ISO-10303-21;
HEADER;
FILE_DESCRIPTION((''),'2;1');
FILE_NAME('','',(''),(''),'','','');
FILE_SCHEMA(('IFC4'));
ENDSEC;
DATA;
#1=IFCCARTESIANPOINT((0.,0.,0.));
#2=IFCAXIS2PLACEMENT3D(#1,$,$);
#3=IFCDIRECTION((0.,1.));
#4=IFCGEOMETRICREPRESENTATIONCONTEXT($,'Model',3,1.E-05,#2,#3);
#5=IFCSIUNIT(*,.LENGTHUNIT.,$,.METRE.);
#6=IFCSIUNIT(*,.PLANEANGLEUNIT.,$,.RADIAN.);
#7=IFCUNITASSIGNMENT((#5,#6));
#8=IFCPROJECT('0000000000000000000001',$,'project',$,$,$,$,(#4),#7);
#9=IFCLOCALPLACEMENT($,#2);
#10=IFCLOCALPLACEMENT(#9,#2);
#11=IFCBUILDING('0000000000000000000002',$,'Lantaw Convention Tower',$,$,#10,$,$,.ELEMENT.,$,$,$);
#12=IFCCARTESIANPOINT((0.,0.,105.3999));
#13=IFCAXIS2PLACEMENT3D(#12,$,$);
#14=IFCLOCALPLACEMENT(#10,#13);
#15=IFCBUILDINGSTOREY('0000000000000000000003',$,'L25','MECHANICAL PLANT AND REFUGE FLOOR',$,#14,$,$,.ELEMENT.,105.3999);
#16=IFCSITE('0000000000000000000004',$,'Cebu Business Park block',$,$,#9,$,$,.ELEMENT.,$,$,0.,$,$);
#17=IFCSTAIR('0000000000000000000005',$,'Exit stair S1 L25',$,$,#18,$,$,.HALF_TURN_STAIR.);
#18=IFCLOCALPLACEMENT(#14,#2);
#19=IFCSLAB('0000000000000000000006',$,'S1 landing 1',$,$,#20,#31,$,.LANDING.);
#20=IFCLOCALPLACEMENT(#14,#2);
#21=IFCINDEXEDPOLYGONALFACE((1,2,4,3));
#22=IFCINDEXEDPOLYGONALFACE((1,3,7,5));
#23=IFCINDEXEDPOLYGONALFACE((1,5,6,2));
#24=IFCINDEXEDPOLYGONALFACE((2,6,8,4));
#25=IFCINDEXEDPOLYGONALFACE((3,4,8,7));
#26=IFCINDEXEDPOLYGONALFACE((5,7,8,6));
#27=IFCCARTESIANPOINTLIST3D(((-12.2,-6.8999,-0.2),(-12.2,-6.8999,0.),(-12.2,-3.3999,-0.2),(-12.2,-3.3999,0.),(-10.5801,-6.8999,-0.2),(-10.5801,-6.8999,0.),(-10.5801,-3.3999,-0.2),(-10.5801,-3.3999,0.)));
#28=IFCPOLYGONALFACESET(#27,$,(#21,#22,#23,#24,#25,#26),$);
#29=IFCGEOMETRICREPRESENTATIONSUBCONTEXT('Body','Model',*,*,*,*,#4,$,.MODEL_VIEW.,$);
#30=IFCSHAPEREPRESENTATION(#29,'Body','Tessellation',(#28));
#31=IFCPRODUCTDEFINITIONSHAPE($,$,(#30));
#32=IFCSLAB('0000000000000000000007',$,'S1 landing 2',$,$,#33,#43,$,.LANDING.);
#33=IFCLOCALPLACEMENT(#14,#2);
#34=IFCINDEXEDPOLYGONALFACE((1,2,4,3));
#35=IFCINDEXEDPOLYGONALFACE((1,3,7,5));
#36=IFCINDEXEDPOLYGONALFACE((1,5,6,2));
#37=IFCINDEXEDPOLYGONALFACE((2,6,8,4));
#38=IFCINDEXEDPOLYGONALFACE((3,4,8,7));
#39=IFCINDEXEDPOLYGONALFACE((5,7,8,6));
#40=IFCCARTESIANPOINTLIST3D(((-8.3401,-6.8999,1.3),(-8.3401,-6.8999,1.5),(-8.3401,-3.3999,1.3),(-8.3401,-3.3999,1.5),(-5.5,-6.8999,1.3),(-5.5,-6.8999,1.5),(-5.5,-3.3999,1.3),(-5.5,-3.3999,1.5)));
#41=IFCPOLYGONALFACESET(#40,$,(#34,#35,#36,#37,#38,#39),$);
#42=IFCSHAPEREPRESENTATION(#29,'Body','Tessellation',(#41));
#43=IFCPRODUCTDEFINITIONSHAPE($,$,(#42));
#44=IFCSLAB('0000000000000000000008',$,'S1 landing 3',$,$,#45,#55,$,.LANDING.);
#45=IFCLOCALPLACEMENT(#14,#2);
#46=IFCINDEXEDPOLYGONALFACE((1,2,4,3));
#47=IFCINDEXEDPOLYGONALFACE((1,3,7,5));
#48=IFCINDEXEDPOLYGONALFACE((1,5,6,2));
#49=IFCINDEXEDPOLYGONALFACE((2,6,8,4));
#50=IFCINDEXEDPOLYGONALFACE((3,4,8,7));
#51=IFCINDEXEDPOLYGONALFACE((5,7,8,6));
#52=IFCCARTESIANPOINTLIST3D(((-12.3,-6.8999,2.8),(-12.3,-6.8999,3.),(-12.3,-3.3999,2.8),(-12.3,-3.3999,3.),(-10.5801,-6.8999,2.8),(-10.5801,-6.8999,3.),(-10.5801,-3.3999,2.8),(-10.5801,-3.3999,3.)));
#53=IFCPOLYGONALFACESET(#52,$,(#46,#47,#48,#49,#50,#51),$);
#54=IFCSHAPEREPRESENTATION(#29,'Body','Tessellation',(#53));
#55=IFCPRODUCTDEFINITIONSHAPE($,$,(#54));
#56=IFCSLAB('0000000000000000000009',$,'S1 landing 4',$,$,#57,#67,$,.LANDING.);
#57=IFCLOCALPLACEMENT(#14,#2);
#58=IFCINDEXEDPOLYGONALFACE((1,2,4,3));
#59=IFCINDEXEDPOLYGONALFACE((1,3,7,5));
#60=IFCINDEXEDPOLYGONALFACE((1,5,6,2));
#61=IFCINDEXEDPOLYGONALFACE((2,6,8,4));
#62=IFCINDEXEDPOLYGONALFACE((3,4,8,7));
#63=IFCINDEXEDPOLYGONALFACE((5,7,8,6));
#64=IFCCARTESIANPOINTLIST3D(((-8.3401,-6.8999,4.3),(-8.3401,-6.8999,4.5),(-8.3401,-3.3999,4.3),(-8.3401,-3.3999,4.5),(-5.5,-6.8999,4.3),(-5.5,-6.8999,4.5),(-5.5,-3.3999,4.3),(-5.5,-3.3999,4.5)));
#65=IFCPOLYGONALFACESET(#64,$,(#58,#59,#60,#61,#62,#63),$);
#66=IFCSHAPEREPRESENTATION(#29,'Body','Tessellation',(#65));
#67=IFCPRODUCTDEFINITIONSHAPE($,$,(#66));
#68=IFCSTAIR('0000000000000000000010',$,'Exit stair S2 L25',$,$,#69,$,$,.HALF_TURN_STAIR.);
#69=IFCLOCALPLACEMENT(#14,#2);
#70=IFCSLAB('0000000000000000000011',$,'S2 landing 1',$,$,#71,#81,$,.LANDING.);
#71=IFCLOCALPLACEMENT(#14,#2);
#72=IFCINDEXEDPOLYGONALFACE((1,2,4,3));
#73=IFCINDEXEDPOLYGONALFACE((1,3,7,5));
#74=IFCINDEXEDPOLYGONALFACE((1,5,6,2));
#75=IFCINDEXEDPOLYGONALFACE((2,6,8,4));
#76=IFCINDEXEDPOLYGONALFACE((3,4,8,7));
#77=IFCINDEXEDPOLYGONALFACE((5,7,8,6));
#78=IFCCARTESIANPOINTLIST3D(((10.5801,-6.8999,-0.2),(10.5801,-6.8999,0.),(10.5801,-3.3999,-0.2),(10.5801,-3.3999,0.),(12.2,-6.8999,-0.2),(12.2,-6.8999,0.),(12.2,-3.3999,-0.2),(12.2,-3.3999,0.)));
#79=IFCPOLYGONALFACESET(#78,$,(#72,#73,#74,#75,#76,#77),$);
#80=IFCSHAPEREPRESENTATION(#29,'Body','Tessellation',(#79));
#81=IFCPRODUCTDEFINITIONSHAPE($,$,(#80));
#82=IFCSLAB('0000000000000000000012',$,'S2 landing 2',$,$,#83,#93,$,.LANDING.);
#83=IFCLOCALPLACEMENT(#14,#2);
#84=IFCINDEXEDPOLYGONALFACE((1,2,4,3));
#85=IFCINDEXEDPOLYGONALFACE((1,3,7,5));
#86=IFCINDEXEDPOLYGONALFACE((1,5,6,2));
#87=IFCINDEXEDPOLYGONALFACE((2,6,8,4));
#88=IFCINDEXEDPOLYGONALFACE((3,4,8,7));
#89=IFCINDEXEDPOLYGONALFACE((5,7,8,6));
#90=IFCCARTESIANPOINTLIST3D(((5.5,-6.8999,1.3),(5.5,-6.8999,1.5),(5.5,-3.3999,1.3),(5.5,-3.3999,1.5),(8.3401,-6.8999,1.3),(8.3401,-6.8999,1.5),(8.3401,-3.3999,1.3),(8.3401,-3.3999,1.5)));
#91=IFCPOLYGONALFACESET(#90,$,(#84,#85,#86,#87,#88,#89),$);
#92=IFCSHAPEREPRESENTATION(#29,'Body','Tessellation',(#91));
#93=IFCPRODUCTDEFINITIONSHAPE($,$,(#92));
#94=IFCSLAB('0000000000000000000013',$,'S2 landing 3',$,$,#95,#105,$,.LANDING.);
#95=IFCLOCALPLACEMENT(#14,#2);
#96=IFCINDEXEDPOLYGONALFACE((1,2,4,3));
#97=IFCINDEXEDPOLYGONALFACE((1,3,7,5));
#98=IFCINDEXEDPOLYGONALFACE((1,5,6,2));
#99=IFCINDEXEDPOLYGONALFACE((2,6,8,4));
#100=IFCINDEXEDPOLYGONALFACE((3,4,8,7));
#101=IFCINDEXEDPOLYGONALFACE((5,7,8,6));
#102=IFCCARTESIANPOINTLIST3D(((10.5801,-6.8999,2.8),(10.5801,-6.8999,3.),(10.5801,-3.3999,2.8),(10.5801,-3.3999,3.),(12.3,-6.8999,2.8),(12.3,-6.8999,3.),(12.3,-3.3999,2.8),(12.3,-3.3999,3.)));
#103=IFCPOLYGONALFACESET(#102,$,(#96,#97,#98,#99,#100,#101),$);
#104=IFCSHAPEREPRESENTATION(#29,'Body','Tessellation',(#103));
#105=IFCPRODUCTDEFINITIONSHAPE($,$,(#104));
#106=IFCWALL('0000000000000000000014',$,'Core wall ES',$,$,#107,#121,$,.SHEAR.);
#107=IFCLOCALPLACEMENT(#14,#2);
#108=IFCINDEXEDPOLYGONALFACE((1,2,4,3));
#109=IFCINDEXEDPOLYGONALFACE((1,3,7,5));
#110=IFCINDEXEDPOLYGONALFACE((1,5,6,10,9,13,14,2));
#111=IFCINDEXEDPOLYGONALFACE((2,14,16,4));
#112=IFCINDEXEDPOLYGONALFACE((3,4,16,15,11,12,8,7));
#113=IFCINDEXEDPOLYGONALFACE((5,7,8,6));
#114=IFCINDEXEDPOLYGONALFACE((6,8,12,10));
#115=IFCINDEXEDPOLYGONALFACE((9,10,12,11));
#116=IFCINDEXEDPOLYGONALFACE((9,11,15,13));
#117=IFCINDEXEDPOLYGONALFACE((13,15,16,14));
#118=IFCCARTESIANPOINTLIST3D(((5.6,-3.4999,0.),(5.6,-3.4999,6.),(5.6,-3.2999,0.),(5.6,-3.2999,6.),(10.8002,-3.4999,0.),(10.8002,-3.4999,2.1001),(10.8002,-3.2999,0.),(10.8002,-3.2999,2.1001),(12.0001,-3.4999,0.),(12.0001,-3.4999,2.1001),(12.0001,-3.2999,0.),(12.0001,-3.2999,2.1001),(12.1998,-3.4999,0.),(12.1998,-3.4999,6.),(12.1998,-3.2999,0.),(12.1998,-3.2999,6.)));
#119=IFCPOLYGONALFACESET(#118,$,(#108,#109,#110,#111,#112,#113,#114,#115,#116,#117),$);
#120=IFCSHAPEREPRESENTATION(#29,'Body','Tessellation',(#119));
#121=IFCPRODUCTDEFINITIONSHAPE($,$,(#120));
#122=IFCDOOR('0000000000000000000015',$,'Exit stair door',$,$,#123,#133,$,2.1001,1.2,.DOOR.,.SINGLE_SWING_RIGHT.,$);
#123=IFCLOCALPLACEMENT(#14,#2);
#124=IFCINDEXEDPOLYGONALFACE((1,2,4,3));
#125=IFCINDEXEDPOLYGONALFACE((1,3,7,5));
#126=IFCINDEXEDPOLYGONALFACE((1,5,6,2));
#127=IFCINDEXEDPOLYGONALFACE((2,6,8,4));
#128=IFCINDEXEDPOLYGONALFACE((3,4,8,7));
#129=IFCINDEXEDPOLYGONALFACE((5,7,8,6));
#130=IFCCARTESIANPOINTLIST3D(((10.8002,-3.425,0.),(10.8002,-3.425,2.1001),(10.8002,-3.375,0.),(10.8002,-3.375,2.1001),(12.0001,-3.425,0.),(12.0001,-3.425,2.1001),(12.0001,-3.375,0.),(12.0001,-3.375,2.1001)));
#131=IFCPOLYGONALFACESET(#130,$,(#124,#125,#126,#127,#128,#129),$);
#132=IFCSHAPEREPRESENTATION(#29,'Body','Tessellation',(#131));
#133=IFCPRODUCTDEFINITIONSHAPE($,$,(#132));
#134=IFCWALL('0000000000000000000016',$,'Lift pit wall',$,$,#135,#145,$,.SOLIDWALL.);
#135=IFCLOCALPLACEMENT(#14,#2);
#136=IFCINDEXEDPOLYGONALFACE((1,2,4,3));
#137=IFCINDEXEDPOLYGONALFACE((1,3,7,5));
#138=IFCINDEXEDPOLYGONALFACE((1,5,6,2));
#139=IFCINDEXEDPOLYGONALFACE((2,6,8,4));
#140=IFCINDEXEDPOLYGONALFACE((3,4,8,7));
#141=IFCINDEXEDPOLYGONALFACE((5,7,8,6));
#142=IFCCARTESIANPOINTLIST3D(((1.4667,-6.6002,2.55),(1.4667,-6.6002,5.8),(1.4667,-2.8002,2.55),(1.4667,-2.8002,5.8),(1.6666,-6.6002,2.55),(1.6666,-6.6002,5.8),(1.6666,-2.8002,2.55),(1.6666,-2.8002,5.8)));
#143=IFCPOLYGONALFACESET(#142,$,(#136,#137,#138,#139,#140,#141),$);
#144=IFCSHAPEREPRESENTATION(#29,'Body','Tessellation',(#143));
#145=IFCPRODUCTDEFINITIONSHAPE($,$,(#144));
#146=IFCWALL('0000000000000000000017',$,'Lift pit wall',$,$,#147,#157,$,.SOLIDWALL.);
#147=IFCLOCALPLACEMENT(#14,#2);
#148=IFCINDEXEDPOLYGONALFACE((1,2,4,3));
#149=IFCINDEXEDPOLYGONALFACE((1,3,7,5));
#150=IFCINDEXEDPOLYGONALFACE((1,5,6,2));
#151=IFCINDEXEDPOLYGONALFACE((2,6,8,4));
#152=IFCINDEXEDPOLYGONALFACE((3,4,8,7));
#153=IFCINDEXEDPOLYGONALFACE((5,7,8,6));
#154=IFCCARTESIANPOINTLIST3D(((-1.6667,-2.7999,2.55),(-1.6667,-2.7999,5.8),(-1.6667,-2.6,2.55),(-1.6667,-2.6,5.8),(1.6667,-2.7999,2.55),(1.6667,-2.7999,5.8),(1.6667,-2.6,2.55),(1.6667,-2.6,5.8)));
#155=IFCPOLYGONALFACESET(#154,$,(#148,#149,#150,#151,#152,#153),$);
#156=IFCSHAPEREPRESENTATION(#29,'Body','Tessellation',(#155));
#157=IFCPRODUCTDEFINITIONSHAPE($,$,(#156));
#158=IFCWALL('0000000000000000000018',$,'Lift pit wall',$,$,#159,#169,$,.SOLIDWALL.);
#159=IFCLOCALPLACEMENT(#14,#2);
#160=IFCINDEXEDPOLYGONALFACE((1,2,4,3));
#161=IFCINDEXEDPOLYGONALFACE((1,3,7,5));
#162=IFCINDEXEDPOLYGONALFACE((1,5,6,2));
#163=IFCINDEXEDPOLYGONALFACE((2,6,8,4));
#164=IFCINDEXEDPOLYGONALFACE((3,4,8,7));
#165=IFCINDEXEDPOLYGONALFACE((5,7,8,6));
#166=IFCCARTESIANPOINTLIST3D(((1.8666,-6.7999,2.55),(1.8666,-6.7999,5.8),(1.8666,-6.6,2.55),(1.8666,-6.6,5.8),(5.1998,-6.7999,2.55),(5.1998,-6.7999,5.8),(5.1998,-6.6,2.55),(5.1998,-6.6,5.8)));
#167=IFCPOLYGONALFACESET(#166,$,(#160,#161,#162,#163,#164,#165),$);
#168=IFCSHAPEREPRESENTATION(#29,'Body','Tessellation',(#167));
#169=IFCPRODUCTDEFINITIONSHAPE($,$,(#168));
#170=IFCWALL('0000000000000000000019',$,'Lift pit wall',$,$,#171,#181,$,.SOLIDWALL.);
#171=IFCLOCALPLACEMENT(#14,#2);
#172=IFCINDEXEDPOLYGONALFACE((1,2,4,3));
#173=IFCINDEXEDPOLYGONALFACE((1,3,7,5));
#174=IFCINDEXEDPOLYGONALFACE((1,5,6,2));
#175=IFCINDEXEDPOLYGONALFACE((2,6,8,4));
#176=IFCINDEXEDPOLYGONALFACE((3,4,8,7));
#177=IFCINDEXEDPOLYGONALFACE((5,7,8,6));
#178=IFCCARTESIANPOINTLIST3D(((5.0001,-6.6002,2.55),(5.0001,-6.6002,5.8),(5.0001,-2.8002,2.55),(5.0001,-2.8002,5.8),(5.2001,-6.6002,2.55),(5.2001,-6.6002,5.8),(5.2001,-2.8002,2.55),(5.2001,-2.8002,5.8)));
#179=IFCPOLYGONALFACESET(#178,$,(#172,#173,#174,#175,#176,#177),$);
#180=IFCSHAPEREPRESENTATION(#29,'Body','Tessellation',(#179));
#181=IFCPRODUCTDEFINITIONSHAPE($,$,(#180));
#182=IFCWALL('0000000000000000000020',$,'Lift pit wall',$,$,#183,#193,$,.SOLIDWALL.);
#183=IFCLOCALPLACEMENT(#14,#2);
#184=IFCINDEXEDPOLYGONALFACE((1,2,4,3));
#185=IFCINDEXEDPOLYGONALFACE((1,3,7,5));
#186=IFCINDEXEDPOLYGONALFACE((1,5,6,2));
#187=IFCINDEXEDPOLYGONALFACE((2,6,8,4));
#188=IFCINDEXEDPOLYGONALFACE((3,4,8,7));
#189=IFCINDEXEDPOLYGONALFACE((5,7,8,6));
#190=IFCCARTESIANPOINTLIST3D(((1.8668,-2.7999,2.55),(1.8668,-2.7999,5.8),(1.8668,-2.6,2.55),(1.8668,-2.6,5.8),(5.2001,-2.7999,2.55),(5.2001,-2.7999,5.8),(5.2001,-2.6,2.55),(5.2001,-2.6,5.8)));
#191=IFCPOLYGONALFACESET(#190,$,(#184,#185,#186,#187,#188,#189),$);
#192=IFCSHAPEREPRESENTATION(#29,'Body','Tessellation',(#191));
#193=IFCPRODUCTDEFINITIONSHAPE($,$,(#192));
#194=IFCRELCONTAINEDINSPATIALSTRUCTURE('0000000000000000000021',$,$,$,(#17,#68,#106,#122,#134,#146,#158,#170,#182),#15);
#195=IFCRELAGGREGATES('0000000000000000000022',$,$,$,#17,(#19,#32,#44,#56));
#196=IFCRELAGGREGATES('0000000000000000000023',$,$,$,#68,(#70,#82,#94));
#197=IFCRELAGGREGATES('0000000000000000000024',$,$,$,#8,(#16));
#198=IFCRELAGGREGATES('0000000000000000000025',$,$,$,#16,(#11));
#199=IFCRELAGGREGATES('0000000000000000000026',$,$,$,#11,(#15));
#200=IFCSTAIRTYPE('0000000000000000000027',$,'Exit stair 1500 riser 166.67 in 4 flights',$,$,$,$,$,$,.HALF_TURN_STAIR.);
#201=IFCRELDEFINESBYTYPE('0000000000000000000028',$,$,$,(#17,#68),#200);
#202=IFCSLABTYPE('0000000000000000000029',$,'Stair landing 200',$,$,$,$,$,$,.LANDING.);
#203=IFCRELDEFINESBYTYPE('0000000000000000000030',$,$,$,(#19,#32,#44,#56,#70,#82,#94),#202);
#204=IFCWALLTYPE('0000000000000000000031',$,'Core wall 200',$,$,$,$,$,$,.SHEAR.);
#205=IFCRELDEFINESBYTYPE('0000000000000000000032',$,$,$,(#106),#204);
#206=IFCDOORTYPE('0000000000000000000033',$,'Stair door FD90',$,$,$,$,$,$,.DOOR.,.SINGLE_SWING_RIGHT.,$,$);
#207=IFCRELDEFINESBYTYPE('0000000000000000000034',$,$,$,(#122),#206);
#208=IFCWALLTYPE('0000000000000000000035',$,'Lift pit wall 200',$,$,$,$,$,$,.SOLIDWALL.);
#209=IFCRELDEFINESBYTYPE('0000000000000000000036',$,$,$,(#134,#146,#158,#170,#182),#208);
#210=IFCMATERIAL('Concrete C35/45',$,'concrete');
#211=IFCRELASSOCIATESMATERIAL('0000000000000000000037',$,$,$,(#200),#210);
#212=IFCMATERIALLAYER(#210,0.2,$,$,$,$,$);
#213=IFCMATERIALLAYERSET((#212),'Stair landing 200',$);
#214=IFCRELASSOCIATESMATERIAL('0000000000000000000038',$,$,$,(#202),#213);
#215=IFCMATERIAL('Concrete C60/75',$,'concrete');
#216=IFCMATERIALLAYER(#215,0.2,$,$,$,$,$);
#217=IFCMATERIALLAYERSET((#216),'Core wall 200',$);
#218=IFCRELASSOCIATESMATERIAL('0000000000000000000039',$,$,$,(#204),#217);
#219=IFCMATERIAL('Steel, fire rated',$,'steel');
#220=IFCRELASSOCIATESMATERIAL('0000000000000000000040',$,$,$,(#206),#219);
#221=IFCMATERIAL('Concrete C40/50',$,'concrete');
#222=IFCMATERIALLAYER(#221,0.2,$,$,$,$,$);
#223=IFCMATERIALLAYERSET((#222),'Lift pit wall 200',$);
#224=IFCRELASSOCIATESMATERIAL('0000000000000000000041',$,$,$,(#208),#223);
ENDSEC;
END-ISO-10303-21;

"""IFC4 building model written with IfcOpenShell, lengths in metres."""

from ifc_helpers import new_model, si_unit, direction, frame, frame_2d, origin, place, context, subcontext, project, spatial, polyline, rectangle, outline, extrude, material, layer, layer_set, type_object, element, fill, aggregate, save


model = new_model("IFC4")

# Units and contexts
model_context = context("Model", 3, precision=1e-05, world=origin(), true_north=direction((0.0, 1.0)))
body_context = subcontext(model_context, "Body", "Model", "MODEL_VIEW")
ifc_project = project(units=[si_unit("LENGTHUNIT", "METRE"), si_unit("PLANEANGLEUNIT", "RADIAN")], contexts=[model_context])

# Site, building, storey
site_placement = place(None, origin())
site = spatial("IfcSite", under=ifc_project, at=site_placement, Name="Cebu Business Park block", CompositionType="ELEMENT", RefElevation=0.0)
building_placement = place(site_placement, origin())
building = spatial("IfcBuilding", under=site, at=building_placement, Name="Lantaw Convention Tower", CompositionType="ELEMENT")
storey_placement = place(building_placement, frame((0.0, 0.0, 105.3999)))
storey = spatial("IfcBuildingStorey", under=building, at=storey_placement, Name="L25", Description="MECHANICAL PLANT AND REFUGE FLOOR", CompositionType="ELEMENT", Elevation=105.3999)

# Stairs, slabs
ifc_material_1 = material(Name="Concrete C35/45", Category="concrete")
stair_type = type_object("IfcStairType", Name="Exit stair 1500 riser 166.67 in 4 flights", PredefinedType="HALF_TURN_STAIR", material=ifc_material_1)
stair_1_placement = place(storey_placement, origin())
stair_1 = element("IfcStair", 1, at=stair_1_placement, inside=storey, type_object=stair_type, Name="Exit stair S1 L25", PredefinedType="HALF_TURN_STAIR")
ifc_layer_1 = layer(ifc_material_1, 0.2)
ifc_layer_set_1 = layer_set([ifc_layer_1], Name="Stair landing 200")
slab_type = type_object("IfcSlabType", Name="Stair landing 200", PredefinedType="LANDING", material=ifc_layer_set_1)
slab_1_placement = place(storey_placement, frame((0.0, 0.0, -0.2)))
slab_1 = element("IfcSlab", 2, at=slab_1_placement, type_object=slab_type, Name="S1 landing 1", PredefinedType="LANDING", context=body_context, shape_type="SweptSolid", body=[
    extrude(outline(polyline([(-12.2, -6.8999), (-10.5801, -6.8999), (-10.5801, -3.3999), (-12.2, -3.3999), (-12.2, -6.8999)])), origin(), (0.0, 0.0, 1.0), 0.2),
])
slab_2_placement = place(storey_placement, frame((0.0, 0.0, 1.3)))
slab_2 = element("IfcSlab", 3, at=slab_2_placement, type_object=slab_type, Name="S1 landing 2", PredefinedType="LANDING", context=body_context, shape_type="SweptSolid", body=[
    extrude(outline(polyline([(-8.3401, -6.8999), (-5.5, -6.8999), (-5.5, -3.3999), (-8.3401, -3.3999), (-8.3401, -6.8999)])), origin(), (0.0, 0.0, 1.0), 0.2),
])
slab_3_placement = place(storey_placement, frame((0.0, 0.0, 2.8)))
slab_3 = element("IfcSlab", 4, at=slab_3_placement, type_object=slab_type, Name="S1 landing 3", PredefinedType="LANDING", context=body_context, shape_type="SweptSolid", body=[
    extrude(outline(polyline([(-12.3, -6.8999), (-10.5801, -6.8999), (-10.5801, -3.3999), (-12.3, -3.3999), (-12.3, -6.8999)])), origin(), (0.0, 0.0, 1.0), 0.2),
])
slab_4_placement = place(storey_placement, frame((0.0, 0.0, 4.3)))
slab_4 = element("IfcSlab", 5, at=slab_4_placement, type_object=slab_type, Name="S1 landing 4", PredefinedType="LANDING", context=body_context, shape_type="SweptSolid", body=[
    extrude(outline(polyline([(-8.3401, -6.8999), (-5.5, -6.8999), (-5.5, -3.3999), (-8.3401, -3.3999), (-8.3401, -6.8999)])), origin(), (0.0, 0.0, 1.0), 0.2),
])
aggregate(stair_1, [slab_1, slab_2, slab_3, slab_4])
stair_2_placement = place(storey_placement, origin())
stair_2 = element("IfcStair", 6, at=stair_2_placement, inside=storey, type_object=stair_type, Name="Exit stair S2 L25", PredefinedType="HALF_TURN_STAIR")
slab_5_placement = place(storey_placement, frame((0.0, 0.0, -0.2)))
slab_5 = element("IfcSlab", 7, at=slab_5_placement, type_object=slab_type, Name="S2 landing 1", PredefinedType="LANDING", context=body_context, shape_type="SweptSolid", body=[
    extrude(outline(polyline([(10.5801, -6.8999), (12.2, -6.8999), (12.2, -3.3999), (10.5801, -3.3999), (10.5801, -6.8999)])), origin(), (0.0, 0.0, 1.0), 0.2),
])
slab_6_placement = place(storey_placement, frame((0.0, 0.0, 1.3)))
slab_6 = element("IfcSlab", 8, at=slab_6_placement, type_object=slab_type, Name="S2 landing 2", PredefinedType="LANDING", context=body_context, shape_type="SweptSolid", body=[
    extrude(outline(polyline([(5.5, -6.8999), (8.3401, -6.8999), (8.3401, -3.3999), (5.5, -3.3999), (5.5, -6.8999)])), origin(), (0.0, 0.0, 1.0), 0.2),
])
slab_7_placement = place(storey_placement, frame((0.0, 0.0, 2.8)))
slab_7 = element("IfcSlab", 9, at=slab_7_placement, type_object=slab_type, Name="S2 landing 3", PredefinedType="LANDING", context=body_context, shape_type="SweptSolid", body=[
    extrude(outline(polyline([(10.5801, -6.8999), (12.3, -6.8999), (12.3, -3.3999), (10.5801, -3.3999), (10.5801, -6.8999)])), origin(), (0.0, 0.0, 1.0), 0.2),
])
aggregate(stair_2, [slab_5, slab_6, slab_7])

# Wall, opening, door
ifc_material_2 = material(Name="Concrete C60/75", Category="concrete")
ifc_layer_2 = layer(ifc_material_2, 0.2)
ifc_layer_set_2 = layer_set([ifc_layer_2], Name="Core wall 200")
wall_type_1 = type_object("IfcWallType", Name="Core wall 200", PredefinedType="SHEAR", material=ifc_layer_set_2)
wall_1_placement = place(storey_placement, frame((5.6001, -3.3999, 0.0), z_axis=(0.0, 0.0, 1.0), x_axis=(1.0, 0.0, 0.0)))
wall_1 = element("IfcWall", 10, at=wall_1_placement, inside=storey, type_object=wall_type_1, Name="Core wall ES", PredefinedType="SHEAR", context=body_context, shape_type="SweptSolid", body=[
    extrude(rectangle(XDim=6.5999, YDim=0.2, at=frame_2d((3.2998, 0.0))), origin(), (0.0, 0.0, 1.0), 6.0),
])
opening_placement = place(wall_1_placement, frame((5.2, 0.0, 0.0)))
opening = element("IfcOpeningElement", 11, at=opening_placement, cuts=wall_1, PredefinedType="OPENING", context=body_context, shape_type="SweptSolid", body=[
    extrude(rectangle(XDim=1.2, YDim=2.1001, at=frame_2d((0.6001, 1.05))), frame((0.0, 0.1099, 0.0), z_axis=(0.0, -1.0, 0.0), x_axis=(1.0, 0.0, 0.0)), (0.0, 0.0, 1.0), 0.22),
])
ifc_material_3 = material(Name="Steel, fire rated", Category="steel")
door_type = type_object("IfcDoorType", Name="Stair door FD90", OperationType="SINGLE_SWING_RIGHT", PredefinedType="DOOR", material=ifc_material_3)
door_placement = place(opening_placement, origin())
door = element("IfcDoor", 12, at=door_placement, inside=storey, type_object=door_type, Name="Exit stair door", OperationType="SINGLE_SWING_RIGHT", OverallHeight=2.1001, OverallWidth=1.2, PredefinedType="DOOR", context=body_context, shape_type="SweptSolid", body=[
    extrude(rectangle(XDim=1.2, YDim=2.1001, at=frame_2d((0.6001, 1.05))), frame((0.0, 0.0249, 0.0), z_axis=(0.0, -1.0, 0.0), x_axis=(1.0, 0.0, 0.0)), (0.0, 0.0, 1.0), 0.05),
])
fill(opening, door)

# Walls
ifc_material_4 = material(Name="Concrete C40/50", Category="concrete")
ifc_layer_3 = layer(ifc_material_4, 0.2)
ifc_layer_set_3 = layer_set([ifc_layer_3], Name="Lift pit wall 200")
wall_type_2 = type_object("IfcWallType", Name="Lift pit wall 200", PredefinedType="SOLIDWALL", material=ifc_layer_set_3)
wall_2_placement = place(storey_placement, frame((1.5667, -6.6001, 2.55), z_axis=(0.0, 0.0, 1.0), x_axis=(0.0, 1.0, 0.0)))
element("IfcWall", 13, at=wall_2_placement, inside=storey, type_object=wall_type_2, Name="Lift pit wall", PredefinedType="SOLIDWALL", context=body_context, shape_type="SweptSolid", body=[
    extrude(rectangle(XDim=3.8, YDim=0.2, at=frame_2d((1.8999, 0.0))), origin(), (0.0, 0.0, 1.0), 3.25),
])
wall_3_placement = place(storey_placement, frame((1.6667, -2.7, 2.55), z_axis=(0.0, 0.0, 1.0), x_axis=(-1.0, 0.0, 0.0)))
element("IfcWall", 14, at=wall_3_placement, inside=storey, type_object=wall_type_2, Name="Lift pit wall", PredefinedType="SOLIDWALL", context=body_context, shape_type="SweptSolid", body=[
    extrude(rectangle(XDim=3.3335, YDim=0.2, at=frame_2d((1.6667, 0.0))), origin(), (0.0, 0.0, 1.0), 3.25),
])
wall_4_placement = place(storey_placement, frame((1.8667, -6.7, 2.55), z_axis=(0.0, 0.0, 1.0), x_axis=(1.0, 0.0, 0.0)))
element("IfcWall", 15, at=wall_4_placement, inside=storey, type_object=wall_type_2, Name="Lift pit wall", PredefinedType="SOLIDWALL", context=body_context, shape_type="SweptSolid", body=[
    extrude(rectangle(XDim=3.3333, YDim=0.2, at=frame_2d((1.6665, 0.0))), origin(), (0.0, 0.0, 1.0), 3.25),
])
wall_5_placement = place(storey_placement, frame((5.1001, -6.6001, 2.55), z_axis=(0.0, 0.0, 1.0), x_axis=(0.0, 1.0, 0.0)))
element("IfcWall", 16, at=wall_5_placement, inside=storey, type_object=wall_type_2, Name="Lift pit wall", PredefinedType="SOLIDWALL", context=body_context, shape_type="SweptSolid", body=[
    extrude(rectangle(XDim=3.8, YDim=0.2, at=frame_2d((1.8999, 0.0))), origin(), (0.0, 0.0, 1.0), 3.25),
])
wall_6_placement = place(storey_placement, frame((5.2, -2.7, 2.55), z_axis=(0.0, 0.0, 1.0), x_axis=(-1.0, 0.0, 0.0)))
element("IfcWall", 17, at=wall_6_placement, inside=storey, type_object=wall_type_2, Name="Lift pit wall", PredefinedType="SOLIDWALL", context=body_context, shape_type="SweptSolid", body=[
    extrude(rectangle(XDim=3.3333, YDim=0.2, at=frame_2d((1.6665, 0.0))), origin(), (0.0, 0.0, 1.0), 3.25),
])

save(model, "model.ifc")
